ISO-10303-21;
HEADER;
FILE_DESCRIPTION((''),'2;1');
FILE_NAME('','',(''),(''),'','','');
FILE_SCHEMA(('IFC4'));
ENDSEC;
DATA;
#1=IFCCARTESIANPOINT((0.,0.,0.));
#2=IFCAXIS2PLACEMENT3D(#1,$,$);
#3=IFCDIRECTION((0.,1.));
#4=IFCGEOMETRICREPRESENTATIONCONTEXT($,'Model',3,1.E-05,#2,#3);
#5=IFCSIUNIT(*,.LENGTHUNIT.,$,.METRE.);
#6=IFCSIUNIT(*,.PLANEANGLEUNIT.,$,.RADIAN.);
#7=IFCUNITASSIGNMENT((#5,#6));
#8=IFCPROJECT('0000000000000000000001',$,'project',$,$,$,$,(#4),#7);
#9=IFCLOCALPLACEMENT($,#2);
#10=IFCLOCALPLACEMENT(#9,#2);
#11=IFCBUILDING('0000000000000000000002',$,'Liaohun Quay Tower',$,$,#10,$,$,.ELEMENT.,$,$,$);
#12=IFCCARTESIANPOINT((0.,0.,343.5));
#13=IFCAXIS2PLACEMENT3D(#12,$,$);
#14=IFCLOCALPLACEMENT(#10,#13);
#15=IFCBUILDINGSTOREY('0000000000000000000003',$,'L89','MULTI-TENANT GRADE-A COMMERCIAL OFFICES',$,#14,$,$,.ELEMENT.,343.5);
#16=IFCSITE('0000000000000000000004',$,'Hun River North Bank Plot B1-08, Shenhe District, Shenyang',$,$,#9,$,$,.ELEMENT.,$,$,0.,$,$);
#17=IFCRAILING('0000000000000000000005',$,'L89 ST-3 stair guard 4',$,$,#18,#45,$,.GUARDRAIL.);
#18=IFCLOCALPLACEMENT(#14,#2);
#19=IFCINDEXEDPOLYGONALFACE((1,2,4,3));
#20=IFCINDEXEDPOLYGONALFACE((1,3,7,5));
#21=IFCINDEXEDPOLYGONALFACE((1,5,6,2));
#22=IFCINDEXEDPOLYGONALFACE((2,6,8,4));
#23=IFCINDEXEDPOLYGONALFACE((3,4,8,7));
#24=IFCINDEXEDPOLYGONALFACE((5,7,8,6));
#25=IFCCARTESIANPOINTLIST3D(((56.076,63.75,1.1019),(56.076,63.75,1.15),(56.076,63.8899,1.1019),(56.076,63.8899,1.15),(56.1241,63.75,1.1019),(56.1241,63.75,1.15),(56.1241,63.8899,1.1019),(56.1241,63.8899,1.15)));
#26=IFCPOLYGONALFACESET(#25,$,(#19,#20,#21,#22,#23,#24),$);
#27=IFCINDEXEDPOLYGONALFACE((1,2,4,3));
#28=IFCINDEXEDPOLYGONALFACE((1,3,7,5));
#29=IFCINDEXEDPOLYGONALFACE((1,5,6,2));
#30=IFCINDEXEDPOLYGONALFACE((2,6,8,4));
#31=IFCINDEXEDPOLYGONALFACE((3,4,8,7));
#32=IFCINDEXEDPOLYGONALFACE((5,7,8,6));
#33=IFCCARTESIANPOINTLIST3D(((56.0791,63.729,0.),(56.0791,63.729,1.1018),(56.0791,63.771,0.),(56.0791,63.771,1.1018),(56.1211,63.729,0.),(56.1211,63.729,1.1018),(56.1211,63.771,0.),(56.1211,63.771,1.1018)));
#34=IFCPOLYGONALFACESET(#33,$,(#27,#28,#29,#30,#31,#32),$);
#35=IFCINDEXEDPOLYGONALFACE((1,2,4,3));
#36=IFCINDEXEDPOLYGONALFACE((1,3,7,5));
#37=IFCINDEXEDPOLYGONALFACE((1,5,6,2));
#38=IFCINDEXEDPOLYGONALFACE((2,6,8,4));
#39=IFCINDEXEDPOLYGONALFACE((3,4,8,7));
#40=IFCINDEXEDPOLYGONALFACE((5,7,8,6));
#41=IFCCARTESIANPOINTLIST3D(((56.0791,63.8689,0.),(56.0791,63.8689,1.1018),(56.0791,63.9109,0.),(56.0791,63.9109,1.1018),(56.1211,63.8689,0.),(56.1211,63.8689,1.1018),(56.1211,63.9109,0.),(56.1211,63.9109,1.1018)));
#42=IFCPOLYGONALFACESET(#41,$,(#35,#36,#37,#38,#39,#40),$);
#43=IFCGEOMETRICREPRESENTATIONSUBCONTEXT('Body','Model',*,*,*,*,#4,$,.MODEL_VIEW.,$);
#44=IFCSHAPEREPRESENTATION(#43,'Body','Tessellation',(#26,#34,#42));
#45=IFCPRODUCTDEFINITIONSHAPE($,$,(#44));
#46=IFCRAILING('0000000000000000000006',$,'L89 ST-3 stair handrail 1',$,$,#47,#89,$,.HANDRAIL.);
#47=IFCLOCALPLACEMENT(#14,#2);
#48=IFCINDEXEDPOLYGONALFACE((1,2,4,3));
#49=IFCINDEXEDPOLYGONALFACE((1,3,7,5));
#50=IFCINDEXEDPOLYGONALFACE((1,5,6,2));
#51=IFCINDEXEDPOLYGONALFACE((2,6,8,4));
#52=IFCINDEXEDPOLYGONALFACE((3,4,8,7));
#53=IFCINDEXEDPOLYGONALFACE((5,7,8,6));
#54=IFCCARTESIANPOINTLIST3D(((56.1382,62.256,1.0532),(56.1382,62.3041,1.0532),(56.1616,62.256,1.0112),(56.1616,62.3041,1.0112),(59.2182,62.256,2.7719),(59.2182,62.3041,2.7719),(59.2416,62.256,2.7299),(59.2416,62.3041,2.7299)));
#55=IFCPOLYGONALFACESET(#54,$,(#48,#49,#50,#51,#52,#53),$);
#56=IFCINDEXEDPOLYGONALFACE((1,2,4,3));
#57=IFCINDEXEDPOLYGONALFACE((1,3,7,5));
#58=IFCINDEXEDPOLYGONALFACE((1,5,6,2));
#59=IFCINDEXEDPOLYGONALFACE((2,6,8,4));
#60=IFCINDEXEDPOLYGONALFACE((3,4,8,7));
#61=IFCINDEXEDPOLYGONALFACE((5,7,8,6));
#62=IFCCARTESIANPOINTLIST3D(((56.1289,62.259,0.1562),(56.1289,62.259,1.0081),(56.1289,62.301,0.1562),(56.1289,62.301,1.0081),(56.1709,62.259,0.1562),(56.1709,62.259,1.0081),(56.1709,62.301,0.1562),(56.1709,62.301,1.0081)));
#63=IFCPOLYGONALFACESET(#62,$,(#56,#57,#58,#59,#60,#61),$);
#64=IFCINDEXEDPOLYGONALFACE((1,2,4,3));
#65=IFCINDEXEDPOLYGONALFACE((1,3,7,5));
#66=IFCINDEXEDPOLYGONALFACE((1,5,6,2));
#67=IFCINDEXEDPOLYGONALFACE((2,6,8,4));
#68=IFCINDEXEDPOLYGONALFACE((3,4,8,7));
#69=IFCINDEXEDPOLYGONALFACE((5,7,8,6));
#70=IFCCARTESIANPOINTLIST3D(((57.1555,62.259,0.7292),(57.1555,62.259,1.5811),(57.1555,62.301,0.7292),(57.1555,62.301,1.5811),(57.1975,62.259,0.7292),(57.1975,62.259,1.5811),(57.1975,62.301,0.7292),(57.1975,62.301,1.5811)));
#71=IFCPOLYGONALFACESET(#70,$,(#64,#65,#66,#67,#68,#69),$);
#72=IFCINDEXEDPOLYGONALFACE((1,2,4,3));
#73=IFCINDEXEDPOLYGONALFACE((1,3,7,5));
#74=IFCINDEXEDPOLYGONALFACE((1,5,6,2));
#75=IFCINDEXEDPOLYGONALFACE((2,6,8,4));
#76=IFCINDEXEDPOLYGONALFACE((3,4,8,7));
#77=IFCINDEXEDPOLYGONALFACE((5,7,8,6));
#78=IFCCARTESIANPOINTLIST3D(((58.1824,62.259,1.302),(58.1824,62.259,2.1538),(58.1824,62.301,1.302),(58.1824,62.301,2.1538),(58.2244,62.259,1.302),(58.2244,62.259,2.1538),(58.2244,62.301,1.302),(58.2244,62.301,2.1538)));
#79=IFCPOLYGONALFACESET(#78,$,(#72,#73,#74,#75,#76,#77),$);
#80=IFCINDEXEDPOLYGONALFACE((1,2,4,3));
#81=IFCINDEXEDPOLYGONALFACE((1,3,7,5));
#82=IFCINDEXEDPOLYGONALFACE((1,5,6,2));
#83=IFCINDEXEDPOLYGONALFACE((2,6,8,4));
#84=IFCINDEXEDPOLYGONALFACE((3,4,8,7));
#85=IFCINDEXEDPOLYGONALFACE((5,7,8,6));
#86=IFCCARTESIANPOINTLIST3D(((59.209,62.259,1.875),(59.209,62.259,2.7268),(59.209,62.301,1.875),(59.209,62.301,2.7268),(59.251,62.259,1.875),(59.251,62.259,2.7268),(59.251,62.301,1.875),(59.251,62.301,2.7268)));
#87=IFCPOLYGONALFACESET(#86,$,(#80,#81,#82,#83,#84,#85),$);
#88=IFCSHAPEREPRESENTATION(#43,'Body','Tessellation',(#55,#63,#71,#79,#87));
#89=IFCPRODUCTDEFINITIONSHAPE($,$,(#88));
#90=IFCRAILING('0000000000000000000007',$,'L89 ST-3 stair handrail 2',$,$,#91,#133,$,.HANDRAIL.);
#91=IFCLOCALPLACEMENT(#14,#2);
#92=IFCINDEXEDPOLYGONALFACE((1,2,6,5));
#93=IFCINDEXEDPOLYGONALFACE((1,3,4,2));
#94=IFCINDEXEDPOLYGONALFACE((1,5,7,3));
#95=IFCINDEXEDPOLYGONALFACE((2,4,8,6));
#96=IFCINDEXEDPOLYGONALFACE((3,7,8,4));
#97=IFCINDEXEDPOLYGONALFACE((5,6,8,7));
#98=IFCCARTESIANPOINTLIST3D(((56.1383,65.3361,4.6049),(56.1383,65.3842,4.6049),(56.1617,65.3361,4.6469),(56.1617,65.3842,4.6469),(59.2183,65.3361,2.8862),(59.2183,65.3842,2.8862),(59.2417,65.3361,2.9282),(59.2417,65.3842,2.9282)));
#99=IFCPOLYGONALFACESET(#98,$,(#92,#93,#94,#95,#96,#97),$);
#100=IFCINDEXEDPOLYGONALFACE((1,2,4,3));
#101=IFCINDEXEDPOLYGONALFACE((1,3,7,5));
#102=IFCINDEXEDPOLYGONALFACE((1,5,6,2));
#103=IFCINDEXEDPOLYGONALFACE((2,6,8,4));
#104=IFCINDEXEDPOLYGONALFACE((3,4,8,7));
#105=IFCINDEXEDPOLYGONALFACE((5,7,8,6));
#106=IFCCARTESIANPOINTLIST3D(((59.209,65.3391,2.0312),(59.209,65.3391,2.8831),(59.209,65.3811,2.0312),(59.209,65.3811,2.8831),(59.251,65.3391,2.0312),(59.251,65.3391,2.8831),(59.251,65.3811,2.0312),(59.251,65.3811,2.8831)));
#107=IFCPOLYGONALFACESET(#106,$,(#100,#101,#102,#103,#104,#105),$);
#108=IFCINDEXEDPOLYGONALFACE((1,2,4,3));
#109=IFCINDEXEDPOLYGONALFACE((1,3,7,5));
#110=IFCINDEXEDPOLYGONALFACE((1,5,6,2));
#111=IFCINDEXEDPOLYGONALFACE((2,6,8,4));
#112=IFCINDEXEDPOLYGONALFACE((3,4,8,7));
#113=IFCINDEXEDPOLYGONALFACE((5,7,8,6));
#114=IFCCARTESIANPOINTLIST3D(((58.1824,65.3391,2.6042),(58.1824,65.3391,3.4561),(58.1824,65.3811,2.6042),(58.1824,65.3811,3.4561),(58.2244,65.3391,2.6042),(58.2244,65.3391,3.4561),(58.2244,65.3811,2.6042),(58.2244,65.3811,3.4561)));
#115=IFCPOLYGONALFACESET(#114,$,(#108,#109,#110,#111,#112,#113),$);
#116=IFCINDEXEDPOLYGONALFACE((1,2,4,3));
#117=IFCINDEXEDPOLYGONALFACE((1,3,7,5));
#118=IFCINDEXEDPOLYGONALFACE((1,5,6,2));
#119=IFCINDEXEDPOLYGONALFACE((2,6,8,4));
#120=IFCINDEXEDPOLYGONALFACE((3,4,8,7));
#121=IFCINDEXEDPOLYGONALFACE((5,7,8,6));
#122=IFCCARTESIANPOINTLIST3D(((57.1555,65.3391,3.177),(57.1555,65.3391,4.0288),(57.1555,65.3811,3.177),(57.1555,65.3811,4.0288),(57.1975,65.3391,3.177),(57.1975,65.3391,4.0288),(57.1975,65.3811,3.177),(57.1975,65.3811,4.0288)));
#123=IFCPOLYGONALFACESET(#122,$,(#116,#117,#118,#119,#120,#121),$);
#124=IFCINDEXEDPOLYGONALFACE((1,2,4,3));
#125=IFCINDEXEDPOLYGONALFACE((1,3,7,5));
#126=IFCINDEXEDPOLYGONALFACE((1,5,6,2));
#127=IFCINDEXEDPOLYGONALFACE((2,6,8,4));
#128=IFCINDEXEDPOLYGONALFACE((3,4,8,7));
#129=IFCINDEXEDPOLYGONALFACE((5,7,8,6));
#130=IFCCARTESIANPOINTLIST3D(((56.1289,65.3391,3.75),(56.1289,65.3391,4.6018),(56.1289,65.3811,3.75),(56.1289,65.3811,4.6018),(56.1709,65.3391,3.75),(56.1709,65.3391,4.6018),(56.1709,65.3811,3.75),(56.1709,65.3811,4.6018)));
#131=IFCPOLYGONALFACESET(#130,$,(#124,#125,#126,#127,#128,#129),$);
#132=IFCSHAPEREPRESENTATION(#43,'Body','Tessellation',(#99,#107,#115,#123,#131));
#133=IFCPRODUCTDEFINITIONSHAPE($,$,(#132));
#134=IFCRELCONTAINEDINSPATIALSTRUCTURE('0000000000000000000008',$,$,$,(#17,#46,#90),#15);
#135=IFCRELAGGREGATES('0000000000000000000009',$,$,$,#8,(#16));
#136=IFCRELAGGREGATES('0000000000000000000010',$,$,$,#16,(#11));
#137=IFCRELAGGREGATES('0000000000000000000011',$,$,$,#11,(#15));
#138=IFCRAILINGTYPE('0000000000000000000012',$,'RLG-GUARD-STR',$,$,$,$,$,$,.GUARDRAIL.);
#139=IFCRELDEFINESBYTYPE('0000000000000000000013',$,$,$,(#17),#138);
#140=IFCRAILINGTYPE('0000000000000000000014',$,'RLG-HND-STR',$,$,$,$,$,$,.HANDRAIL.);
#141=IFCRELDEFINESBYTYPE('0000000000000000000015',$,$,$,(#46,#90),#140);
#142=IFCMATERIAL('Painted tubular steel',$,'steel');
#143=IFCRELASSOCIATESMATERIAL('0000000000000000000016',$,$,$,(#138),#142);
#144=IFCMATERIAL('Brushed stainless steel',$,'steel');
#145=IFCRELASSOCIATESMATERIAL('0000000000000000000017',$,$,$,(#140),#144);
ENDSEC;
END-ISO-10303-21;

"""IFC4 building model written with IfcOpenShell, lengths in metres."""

from ifc_helpers import new_model, si_unit, direction, frame, origin, origin_2d, place, context, subcontext, project, spatial, rectangle, extrude, material, type_object, element, save


model = new_model("IFC4")

# Units and contexts
model_context = context("Model", 3, precision=1e-05, world=origin(), true_north=direction((0.0, 1.0)))
body_context = subcontext(model_context, "Body", "Model", "MODEL_VIEW")
ifc_project = project(units=[si_unit("LENGTHUNIT", "METRE"), si_unit("PLANEANGLEUNIT", "RADIAN")], contexts=[model_context])

# Site, building, storey
site_placement = place(None, origin())
site = spatial("IfcSite", under=ifc_project, at=site_placement, Name="Hun River North Bank Plot B1-08, Shenhe District, Shenyang", CompositionType="ELEMENT", RefElevation=0.0)
building_placement = place(site_placement, origin())
building = spatial("IfcBuilding", under=site, at=building_placement, Name="Liaohun Quay Tower", CompositionType="ELEMENT")
storey_placement = place(building_placement, frame((0.0, 0.0, 343.5)))
storey = spatial("IfcBuildingStorey", under=building, at=storey_placement, Name="L89", Description="MULTI-TENANT GRADE-A COMMERCIAL OFFICES", CompositionType="ELEMENT", Elevation=343.5)

# Railings
ifc_material_1 = material(Name="Painted tubular steel", Category="steel")
railing_type_1 = type_object("IfcRailingType", Name="RLG-GUARD-STR", PredefinedType="GUARDRAIL", material=ifc_material_1)
railing_1_placement = place(storey_placement, frame((56.1001, 63.75, 0.0)))
element("IfcRailing", 1, at=railing_1_placement, inside=storey, type_object=railing_type_1, Name="L89 ST-3 stair guard 4", PredefinedType="GUARDRAIL", context=body_context, shape_type="SweptSolid", body=[
    extrude(rectangle(XDim=0.0481, YDim=0.0481, at=origin_2d()), frame((0.0, 0.0, 1.126), z_axis=(0.0, 1.0, 0.0), x_axis=(-1.0, 0.0, 0.0)), (0.0, 0.0, 1.0), 0.1399),
    extrude(rectangle(XDim=0.042, YDim=0.042, at=origin_2d()), origin(), (0.0, 0.0, 1.0), 1.1018),
    extrude(rectangle(XDim=0.042, YDim=0.042, at=origin_2d()), frame((0.0, 0.1399, 0.0)), (0.0, 0.0, 1.0), 1.1018),
])
ifc_material_2 = material(Name="Brushed stainless steel", Category="steel")
railing_type_2 = type_object("IfcRailingType", Name="RLG-HND-STR", PredefinedType="HANDRAIL", material=ifc_material_2)
railing_2_placement = place(storey_placement, frame((56.1499, 62.28, 0.1562)))
element("IfcRailing", 2, at=railing_2_placement, inside=storey, type_object=railing_type_2, Name="L89 ST-3 stair handrail 1", PredefinedType="HANDRAIL", context=body_context, shape_type="SweptSolid", body=[
    extrude(rectangle(XDim=0.0481, YDim=0.0481, at=origin_2d()), frame((0.0, 0.0, 0.876), z_axis=(0.873242, 0.0, 0.487288), x_axis=(0.0, 1.0, 0.0)), (0.0, 0.0, 1.0), 3.5271),
    extrude(rectangle(XDim=0.042, YDim=0.042, at=origin_2d()), origin(), (0.0, 0.0, 1.0), 0.8518),
    extrude(rectangle(XDim=0.042, YDim=0.042, at=origin_2d()), frame((1.0266, 0.0, 0.573)), (0.0, 0.0, 1.0), 0.8518),
    extrude(rectangle(XDim=0.042, YDim=0.042, at=origin_2d()), frame((2.0535, 0.0, 1.1458)), (0.0, 0.0, 1.0), 0.8518),
    extrude(rectangle(XDim=0.042, YDim=0.042, at=origin_2d()), frame((3.0801, 0.0, 1.7188)), (0.0, 0.0, 1.0), 0.8518),
])
railing_3_placement = place(storey_placement, frame((59.23, 65.3601, 2.0312)))
element("IfcRailing", 3, at=railing_3_placement, inside=storey, type_object=railing_type_2, Name="L89 ST-3 stair handrail 2", PredefinedType="HANDRAIL", context=body_context, shape_type="SweptSolid", body=[
    extrude(rectangle(XDim=0.0481, YDim=0.0481, at=origin_2d()), frame((0.0, 0.0, 0.876), z_axis=(-0.873242, 0.0, 0.487288), x_axis=(0.0, -1.0, 0.0)), (0.0, 0.0, 1.0), 3.5271),
    extrude(rectangle(XDim=0.042, YDim=0.042, at=origin_2d()), origin(), (0.0, 0.0, 1.0), 0.8518),
    extrude(rectangle(XDim=0.042, YDim=0.042, at=origin_2d()), frame((-1.0266, 0.0, 0.573)), (0.0, 0.0, 1.0), 0.8518),
    extrude(rectangle(XDim=0.042, YDim=0.042, at=origin_2d()), frame((-2.0535, 0.0, 1.1458)), (0.0, 0.0, 1.0), 0.8518),
    extrude(rectangle(XDim=0.042, YDim=0.042, at=origin_2d()), frame((-3.0801, 0.0, 1.7188)), (0.0, 0.0, 1.0), 0.8518),
])

save(model, "model.ifc")
